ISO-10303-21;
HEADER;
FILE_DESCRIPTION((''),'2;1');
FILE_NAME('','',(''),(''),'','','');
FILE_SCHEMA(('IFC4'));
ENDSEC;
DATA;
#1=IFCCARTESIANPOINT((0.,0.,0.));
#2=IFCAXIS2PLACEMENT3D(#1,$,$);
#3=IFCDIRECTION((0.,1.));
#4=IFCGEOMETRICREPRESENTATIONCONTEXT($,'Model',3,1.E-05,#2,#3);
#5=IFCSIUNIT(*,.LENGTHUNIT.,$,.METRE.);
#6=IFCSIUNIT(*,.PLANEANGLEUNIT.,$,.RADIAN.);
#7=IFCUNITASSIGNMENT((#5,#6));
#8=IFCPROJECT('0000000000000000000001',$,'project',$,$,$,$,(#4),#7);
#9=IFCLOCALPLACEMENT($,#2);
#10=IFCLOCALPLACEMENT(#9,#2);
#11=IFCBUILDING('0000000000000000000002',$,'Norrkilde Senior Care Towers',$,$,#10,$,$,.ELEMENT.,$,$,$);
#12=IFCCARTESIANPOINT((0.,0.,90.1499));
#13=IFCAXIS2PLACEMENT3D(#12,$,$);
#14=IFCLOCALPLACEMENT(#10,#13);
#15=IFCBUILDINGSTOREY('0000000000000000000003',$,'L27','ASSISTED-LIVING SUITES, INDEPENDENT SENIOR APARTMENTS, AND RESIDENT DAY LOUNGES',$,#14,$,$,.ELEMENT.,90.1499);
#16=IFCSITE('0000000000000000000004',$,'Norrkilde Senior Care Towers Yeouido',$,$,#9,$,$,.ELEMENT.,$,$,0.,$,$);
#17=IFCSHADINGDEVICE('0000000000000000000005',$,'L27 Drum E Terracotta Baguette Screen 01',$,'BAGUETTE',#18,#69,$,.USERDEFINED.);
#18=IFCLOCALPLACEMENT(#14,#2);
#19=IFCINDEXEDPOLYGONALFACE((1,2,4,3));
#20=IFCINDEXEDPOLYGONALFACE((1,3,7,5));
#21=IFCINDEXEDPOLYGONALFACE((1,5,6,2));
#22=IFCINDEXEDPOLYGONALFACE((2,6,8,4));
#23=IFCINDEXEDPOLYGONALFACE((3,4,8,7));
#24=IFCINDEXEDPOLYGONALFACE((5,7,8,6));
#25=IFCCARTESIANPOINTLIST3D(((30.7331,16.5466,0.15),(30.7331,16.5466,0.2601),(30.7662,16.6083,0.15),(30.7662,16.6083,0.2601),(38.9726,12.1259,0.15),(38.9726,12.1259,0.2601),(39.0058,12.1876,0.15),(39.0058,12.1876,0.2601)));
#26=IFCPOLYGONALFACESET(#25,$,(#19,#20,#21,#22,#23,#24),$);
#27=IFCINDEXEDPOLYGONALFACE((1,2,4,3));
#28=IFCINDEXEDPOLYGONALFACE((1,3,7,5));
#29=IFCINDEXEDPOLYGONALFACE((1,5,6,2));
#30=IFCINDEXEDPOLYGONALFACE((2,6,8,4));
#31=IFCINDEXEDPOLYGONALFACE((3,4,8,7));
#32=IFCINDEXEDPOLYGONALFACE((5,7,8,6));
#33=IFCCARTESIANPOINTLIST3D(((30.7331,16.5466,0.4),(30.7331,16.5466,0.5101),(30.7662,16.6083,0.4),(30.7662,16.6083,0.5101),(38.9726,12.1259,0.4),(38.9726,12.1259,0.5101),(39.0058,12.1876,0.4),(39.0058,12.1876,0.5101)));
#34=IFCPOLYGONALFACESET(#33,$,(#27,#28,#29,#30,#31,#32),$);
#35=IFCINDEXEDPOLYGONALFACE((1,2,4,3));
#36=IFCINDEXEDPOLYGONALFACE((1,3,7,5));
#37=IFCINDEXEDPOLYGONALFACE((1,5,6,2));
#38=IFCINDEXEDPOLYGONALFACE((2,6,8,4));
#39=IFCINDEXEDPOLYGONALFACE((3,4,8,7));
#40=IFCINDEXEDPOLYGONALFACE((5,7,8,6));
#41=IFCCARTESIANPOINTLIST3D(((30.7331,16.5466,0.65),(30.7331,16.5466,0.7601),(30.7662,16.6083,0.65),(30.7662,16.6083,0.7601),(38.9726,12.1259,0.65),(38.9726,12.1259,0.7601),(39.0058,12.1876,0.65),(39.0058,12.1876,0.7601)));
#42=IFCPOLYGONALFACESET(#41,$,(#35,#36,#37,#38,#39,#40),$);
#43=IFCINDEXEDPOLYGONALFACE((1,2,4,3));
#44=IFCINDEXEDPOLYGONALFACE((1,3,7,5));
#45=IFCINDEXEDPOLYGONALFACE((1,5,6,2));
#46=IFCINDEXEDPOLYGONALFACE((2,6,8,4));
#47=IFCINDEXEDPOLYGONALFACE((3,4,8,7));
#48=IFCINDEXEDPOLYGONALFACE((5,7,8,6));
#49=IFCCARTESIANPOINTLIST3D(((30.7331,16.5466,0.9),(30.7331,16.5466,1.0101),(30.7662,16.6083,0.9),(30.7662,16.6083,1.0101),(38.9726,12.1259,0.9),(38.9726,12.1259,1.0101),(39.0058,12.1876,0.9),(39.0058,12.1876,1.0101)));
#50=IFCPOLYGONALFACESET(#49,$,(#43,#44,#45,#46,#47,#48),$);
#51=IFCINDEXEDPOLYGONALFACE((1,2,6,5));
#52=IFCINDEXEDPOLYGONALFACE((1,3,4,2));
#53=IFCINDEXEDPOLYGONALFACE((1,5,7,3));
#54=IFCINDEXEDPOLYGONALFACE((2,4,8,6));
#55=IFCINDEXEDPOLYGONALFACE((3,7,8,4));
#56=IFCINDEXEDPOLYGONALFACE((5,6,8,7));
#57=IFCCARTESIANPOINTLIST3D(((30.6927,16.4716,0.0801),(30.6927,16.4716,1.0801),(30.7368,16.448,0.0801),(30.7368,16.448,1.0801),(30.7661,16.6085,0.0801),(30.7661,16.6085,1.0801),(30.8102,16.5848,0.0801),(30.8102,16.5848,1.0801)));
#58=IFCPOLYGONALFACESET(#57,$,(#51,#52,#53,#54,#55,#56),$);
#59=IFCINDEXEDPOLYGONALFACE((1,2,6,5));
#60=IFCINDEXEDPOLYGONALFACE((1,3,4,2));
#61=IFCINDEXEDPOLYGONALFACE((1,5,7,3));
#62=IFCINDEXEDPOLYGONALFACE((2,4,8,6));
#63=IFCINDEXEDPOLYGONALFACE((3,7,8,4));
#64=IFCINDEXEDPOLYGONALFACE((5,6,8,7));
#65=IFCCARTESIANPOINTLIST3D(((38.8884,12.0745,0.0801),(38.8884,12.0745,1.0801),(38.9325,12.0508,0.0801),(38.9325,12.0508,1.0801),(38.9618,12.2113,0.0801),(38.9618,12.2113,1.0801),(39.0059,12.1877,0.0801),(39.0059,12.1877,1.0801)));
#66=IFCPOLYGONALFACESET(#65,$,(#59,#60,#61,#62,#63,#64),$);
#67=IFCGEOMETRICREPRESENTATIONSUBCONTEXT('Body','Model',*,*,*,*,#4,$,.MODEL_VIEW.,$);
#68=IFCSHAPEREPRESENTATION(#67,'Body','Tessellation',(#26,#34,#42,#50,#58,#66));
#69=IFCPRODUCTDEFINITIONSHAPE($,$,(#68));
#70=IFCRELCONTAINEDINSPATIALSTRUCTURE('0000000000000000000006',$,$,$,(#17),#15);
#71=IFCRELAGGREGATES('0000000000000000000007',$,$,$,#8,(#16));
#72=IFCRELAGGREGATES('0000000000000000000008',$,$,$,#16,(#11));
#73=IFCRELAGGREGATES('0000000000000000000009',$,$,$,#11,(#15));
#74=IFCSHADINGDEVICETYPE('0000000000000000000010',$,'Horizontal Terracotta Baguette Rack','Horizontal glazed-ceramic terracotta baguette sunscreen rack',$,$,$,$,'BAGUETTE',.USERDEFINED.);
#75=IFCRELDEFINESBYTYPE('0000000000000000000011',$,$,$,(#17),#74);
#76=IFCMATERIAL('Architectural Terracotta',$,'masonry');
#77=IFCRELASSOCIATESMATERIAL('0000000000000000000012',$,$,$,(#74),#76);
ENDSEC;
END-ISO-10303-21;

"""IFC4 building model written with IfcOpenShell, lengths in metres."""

from ifc_helpers import new_model, si_unit, direction, frame, origin, origin_2d, place, context, subcontext, project, spatial, rectangle, extrude, source, transform, mapped, material, type_object, type_shapes, element, save


model = new_model("IFC4")

# Units and contexts
model_context = context("Model", 3, precision=1e-05, world=origin(), true_north=direction((0.0, 1.0)))
body_context = subcontext(model_context, "Body", "Model", "MODEL_VIEW")
ifc_project = project(units=[si_unit("LENGTHUNIT", "METRE"), si_unit("PLANEANGLEUNIT", "RADIAN")], contexts=[model_context])

# Site, building, storey
site_placement = place(None, origin())
site = spatial("IfcSite", under=ifc_project, at=site_placement, Name="Norrkilde Senior Care Towers Yeouido", CompositionType="ELEMENT", RefElevation=0.0)
building_placement = place(site_placement, origin())
building = spatial("IfcBuilding", under=site, at=building_placement, Name="Norrkilde Senior Care Towers", CompositionType="ELEMENT")
storey_placement = place(building_placement, frame((0.0, 0.0, 90.1499)))
storey = spatial("IfcBuildingStorey", under=building, at=storey_placement, Name="L27", Description="ASSISTED-LIVING SUITES, INDEPENDENT SENIOR APARTMENTS, AND RESIDENT DAY LOUNGES", CompositionType="ELEMENT", Elevation=90.1499)

# Shading device
ifc_material_1 = material(Name="Architectural Terracotta", Category="masonry")
shading_device_type = type_object("IfcShadingDeviceType", Name="Horizontal Terracotta Baguette Rack", Description="Horizontal glazed-ceramic terracotta baguette sunscreen rack", ElementType="BAGUETTE", PredefinedType="USERDEFINED", material=ifc_material_1)
shared_shape_1 = source(origin(), body_context, "Body", "SweptSolid", [
    extrude(rectangle(XDim=0.0701, YDim=0.1101, at=origin_2d()), frame((0.0, 0.0901, 0.125), z_axis=(1.0, 0.0, 0.0), x_axis=(0.0, 1.0, 0.0)), (0.0, 0.0, 1.0), 9.3506),
    extrude(rectangle(XDim=0.0701, YDim=0.1101, at=origin_2d()), frame((0.0, 0.0901, 0.375), z_axis=(1.0, 0.0, 0.0), x_axis=(0.0, 1.0, 0.0)), (0.0, 0.0, 1.0), 9.3506),
    extrude(rectangle(XDim=0.0701, YDim=0.1101, at=origin_2d()), frame((0.0, 0.0901, 0.625), z_axis=(1.0, 0.0, 0.0), x_axis=(0.0, 1.0, 0.0)), (0.0, 0.0, 1.0), 9.3506),
    extrude(rectangle(XDim=0.0701, YDim=0.1101, at=origin_2d()), frame((0.0, 0.0901, 0.875), z_axis=(1.0, 0.0, 0.0), x_axis=(0.0, 1.0, 0.0)), (0.0, 0.0, 1.0), 9.3506),
    extrude(rectangle(XDim=0.05, YDim=0.1553, at=origin_2d()), frame((0.0249, 0.0476, 0.0)), (0.0, 0.0, 1.0), 1.0),
    extrude(rectangle(XDim=0.05, YDim=0.1553, at=origin_2d()), frame((9.3257, 0.0476, 0.0)), (0.0, 0.0, 1.0), 1.0),
])
type_shapes(shading_device_type, [shared_shape_1])
shading_device_placement = place(storey_placement, frame((30.707, 16.498, 0.0801), z_axis=(0.0, 0.0, 1.0), x_axis=(0.881175, -0.472768, 0.0)))
element("IfcShadingDevice", 1, at=shading_device_placement, inside=storey, type_object=shading_device_type, Name="L27 Drum E Terracotta Baguette Screen 01", ObjectType="BAGUETTE", PredefinedType="USERDEFINED", context=body_context, shape_type="MappedRepresentation", body=[
    mapped(shared_shape_1, transform((0.0, 0.0, 0.0), x_axis=(1.0, 0.0, 0.0), y_axis=(0.0, 1.0, 0.0), z_axis=(0.0, 0.0, 1.0), scale=1.0)),
])

save(model, "model.ifc")
